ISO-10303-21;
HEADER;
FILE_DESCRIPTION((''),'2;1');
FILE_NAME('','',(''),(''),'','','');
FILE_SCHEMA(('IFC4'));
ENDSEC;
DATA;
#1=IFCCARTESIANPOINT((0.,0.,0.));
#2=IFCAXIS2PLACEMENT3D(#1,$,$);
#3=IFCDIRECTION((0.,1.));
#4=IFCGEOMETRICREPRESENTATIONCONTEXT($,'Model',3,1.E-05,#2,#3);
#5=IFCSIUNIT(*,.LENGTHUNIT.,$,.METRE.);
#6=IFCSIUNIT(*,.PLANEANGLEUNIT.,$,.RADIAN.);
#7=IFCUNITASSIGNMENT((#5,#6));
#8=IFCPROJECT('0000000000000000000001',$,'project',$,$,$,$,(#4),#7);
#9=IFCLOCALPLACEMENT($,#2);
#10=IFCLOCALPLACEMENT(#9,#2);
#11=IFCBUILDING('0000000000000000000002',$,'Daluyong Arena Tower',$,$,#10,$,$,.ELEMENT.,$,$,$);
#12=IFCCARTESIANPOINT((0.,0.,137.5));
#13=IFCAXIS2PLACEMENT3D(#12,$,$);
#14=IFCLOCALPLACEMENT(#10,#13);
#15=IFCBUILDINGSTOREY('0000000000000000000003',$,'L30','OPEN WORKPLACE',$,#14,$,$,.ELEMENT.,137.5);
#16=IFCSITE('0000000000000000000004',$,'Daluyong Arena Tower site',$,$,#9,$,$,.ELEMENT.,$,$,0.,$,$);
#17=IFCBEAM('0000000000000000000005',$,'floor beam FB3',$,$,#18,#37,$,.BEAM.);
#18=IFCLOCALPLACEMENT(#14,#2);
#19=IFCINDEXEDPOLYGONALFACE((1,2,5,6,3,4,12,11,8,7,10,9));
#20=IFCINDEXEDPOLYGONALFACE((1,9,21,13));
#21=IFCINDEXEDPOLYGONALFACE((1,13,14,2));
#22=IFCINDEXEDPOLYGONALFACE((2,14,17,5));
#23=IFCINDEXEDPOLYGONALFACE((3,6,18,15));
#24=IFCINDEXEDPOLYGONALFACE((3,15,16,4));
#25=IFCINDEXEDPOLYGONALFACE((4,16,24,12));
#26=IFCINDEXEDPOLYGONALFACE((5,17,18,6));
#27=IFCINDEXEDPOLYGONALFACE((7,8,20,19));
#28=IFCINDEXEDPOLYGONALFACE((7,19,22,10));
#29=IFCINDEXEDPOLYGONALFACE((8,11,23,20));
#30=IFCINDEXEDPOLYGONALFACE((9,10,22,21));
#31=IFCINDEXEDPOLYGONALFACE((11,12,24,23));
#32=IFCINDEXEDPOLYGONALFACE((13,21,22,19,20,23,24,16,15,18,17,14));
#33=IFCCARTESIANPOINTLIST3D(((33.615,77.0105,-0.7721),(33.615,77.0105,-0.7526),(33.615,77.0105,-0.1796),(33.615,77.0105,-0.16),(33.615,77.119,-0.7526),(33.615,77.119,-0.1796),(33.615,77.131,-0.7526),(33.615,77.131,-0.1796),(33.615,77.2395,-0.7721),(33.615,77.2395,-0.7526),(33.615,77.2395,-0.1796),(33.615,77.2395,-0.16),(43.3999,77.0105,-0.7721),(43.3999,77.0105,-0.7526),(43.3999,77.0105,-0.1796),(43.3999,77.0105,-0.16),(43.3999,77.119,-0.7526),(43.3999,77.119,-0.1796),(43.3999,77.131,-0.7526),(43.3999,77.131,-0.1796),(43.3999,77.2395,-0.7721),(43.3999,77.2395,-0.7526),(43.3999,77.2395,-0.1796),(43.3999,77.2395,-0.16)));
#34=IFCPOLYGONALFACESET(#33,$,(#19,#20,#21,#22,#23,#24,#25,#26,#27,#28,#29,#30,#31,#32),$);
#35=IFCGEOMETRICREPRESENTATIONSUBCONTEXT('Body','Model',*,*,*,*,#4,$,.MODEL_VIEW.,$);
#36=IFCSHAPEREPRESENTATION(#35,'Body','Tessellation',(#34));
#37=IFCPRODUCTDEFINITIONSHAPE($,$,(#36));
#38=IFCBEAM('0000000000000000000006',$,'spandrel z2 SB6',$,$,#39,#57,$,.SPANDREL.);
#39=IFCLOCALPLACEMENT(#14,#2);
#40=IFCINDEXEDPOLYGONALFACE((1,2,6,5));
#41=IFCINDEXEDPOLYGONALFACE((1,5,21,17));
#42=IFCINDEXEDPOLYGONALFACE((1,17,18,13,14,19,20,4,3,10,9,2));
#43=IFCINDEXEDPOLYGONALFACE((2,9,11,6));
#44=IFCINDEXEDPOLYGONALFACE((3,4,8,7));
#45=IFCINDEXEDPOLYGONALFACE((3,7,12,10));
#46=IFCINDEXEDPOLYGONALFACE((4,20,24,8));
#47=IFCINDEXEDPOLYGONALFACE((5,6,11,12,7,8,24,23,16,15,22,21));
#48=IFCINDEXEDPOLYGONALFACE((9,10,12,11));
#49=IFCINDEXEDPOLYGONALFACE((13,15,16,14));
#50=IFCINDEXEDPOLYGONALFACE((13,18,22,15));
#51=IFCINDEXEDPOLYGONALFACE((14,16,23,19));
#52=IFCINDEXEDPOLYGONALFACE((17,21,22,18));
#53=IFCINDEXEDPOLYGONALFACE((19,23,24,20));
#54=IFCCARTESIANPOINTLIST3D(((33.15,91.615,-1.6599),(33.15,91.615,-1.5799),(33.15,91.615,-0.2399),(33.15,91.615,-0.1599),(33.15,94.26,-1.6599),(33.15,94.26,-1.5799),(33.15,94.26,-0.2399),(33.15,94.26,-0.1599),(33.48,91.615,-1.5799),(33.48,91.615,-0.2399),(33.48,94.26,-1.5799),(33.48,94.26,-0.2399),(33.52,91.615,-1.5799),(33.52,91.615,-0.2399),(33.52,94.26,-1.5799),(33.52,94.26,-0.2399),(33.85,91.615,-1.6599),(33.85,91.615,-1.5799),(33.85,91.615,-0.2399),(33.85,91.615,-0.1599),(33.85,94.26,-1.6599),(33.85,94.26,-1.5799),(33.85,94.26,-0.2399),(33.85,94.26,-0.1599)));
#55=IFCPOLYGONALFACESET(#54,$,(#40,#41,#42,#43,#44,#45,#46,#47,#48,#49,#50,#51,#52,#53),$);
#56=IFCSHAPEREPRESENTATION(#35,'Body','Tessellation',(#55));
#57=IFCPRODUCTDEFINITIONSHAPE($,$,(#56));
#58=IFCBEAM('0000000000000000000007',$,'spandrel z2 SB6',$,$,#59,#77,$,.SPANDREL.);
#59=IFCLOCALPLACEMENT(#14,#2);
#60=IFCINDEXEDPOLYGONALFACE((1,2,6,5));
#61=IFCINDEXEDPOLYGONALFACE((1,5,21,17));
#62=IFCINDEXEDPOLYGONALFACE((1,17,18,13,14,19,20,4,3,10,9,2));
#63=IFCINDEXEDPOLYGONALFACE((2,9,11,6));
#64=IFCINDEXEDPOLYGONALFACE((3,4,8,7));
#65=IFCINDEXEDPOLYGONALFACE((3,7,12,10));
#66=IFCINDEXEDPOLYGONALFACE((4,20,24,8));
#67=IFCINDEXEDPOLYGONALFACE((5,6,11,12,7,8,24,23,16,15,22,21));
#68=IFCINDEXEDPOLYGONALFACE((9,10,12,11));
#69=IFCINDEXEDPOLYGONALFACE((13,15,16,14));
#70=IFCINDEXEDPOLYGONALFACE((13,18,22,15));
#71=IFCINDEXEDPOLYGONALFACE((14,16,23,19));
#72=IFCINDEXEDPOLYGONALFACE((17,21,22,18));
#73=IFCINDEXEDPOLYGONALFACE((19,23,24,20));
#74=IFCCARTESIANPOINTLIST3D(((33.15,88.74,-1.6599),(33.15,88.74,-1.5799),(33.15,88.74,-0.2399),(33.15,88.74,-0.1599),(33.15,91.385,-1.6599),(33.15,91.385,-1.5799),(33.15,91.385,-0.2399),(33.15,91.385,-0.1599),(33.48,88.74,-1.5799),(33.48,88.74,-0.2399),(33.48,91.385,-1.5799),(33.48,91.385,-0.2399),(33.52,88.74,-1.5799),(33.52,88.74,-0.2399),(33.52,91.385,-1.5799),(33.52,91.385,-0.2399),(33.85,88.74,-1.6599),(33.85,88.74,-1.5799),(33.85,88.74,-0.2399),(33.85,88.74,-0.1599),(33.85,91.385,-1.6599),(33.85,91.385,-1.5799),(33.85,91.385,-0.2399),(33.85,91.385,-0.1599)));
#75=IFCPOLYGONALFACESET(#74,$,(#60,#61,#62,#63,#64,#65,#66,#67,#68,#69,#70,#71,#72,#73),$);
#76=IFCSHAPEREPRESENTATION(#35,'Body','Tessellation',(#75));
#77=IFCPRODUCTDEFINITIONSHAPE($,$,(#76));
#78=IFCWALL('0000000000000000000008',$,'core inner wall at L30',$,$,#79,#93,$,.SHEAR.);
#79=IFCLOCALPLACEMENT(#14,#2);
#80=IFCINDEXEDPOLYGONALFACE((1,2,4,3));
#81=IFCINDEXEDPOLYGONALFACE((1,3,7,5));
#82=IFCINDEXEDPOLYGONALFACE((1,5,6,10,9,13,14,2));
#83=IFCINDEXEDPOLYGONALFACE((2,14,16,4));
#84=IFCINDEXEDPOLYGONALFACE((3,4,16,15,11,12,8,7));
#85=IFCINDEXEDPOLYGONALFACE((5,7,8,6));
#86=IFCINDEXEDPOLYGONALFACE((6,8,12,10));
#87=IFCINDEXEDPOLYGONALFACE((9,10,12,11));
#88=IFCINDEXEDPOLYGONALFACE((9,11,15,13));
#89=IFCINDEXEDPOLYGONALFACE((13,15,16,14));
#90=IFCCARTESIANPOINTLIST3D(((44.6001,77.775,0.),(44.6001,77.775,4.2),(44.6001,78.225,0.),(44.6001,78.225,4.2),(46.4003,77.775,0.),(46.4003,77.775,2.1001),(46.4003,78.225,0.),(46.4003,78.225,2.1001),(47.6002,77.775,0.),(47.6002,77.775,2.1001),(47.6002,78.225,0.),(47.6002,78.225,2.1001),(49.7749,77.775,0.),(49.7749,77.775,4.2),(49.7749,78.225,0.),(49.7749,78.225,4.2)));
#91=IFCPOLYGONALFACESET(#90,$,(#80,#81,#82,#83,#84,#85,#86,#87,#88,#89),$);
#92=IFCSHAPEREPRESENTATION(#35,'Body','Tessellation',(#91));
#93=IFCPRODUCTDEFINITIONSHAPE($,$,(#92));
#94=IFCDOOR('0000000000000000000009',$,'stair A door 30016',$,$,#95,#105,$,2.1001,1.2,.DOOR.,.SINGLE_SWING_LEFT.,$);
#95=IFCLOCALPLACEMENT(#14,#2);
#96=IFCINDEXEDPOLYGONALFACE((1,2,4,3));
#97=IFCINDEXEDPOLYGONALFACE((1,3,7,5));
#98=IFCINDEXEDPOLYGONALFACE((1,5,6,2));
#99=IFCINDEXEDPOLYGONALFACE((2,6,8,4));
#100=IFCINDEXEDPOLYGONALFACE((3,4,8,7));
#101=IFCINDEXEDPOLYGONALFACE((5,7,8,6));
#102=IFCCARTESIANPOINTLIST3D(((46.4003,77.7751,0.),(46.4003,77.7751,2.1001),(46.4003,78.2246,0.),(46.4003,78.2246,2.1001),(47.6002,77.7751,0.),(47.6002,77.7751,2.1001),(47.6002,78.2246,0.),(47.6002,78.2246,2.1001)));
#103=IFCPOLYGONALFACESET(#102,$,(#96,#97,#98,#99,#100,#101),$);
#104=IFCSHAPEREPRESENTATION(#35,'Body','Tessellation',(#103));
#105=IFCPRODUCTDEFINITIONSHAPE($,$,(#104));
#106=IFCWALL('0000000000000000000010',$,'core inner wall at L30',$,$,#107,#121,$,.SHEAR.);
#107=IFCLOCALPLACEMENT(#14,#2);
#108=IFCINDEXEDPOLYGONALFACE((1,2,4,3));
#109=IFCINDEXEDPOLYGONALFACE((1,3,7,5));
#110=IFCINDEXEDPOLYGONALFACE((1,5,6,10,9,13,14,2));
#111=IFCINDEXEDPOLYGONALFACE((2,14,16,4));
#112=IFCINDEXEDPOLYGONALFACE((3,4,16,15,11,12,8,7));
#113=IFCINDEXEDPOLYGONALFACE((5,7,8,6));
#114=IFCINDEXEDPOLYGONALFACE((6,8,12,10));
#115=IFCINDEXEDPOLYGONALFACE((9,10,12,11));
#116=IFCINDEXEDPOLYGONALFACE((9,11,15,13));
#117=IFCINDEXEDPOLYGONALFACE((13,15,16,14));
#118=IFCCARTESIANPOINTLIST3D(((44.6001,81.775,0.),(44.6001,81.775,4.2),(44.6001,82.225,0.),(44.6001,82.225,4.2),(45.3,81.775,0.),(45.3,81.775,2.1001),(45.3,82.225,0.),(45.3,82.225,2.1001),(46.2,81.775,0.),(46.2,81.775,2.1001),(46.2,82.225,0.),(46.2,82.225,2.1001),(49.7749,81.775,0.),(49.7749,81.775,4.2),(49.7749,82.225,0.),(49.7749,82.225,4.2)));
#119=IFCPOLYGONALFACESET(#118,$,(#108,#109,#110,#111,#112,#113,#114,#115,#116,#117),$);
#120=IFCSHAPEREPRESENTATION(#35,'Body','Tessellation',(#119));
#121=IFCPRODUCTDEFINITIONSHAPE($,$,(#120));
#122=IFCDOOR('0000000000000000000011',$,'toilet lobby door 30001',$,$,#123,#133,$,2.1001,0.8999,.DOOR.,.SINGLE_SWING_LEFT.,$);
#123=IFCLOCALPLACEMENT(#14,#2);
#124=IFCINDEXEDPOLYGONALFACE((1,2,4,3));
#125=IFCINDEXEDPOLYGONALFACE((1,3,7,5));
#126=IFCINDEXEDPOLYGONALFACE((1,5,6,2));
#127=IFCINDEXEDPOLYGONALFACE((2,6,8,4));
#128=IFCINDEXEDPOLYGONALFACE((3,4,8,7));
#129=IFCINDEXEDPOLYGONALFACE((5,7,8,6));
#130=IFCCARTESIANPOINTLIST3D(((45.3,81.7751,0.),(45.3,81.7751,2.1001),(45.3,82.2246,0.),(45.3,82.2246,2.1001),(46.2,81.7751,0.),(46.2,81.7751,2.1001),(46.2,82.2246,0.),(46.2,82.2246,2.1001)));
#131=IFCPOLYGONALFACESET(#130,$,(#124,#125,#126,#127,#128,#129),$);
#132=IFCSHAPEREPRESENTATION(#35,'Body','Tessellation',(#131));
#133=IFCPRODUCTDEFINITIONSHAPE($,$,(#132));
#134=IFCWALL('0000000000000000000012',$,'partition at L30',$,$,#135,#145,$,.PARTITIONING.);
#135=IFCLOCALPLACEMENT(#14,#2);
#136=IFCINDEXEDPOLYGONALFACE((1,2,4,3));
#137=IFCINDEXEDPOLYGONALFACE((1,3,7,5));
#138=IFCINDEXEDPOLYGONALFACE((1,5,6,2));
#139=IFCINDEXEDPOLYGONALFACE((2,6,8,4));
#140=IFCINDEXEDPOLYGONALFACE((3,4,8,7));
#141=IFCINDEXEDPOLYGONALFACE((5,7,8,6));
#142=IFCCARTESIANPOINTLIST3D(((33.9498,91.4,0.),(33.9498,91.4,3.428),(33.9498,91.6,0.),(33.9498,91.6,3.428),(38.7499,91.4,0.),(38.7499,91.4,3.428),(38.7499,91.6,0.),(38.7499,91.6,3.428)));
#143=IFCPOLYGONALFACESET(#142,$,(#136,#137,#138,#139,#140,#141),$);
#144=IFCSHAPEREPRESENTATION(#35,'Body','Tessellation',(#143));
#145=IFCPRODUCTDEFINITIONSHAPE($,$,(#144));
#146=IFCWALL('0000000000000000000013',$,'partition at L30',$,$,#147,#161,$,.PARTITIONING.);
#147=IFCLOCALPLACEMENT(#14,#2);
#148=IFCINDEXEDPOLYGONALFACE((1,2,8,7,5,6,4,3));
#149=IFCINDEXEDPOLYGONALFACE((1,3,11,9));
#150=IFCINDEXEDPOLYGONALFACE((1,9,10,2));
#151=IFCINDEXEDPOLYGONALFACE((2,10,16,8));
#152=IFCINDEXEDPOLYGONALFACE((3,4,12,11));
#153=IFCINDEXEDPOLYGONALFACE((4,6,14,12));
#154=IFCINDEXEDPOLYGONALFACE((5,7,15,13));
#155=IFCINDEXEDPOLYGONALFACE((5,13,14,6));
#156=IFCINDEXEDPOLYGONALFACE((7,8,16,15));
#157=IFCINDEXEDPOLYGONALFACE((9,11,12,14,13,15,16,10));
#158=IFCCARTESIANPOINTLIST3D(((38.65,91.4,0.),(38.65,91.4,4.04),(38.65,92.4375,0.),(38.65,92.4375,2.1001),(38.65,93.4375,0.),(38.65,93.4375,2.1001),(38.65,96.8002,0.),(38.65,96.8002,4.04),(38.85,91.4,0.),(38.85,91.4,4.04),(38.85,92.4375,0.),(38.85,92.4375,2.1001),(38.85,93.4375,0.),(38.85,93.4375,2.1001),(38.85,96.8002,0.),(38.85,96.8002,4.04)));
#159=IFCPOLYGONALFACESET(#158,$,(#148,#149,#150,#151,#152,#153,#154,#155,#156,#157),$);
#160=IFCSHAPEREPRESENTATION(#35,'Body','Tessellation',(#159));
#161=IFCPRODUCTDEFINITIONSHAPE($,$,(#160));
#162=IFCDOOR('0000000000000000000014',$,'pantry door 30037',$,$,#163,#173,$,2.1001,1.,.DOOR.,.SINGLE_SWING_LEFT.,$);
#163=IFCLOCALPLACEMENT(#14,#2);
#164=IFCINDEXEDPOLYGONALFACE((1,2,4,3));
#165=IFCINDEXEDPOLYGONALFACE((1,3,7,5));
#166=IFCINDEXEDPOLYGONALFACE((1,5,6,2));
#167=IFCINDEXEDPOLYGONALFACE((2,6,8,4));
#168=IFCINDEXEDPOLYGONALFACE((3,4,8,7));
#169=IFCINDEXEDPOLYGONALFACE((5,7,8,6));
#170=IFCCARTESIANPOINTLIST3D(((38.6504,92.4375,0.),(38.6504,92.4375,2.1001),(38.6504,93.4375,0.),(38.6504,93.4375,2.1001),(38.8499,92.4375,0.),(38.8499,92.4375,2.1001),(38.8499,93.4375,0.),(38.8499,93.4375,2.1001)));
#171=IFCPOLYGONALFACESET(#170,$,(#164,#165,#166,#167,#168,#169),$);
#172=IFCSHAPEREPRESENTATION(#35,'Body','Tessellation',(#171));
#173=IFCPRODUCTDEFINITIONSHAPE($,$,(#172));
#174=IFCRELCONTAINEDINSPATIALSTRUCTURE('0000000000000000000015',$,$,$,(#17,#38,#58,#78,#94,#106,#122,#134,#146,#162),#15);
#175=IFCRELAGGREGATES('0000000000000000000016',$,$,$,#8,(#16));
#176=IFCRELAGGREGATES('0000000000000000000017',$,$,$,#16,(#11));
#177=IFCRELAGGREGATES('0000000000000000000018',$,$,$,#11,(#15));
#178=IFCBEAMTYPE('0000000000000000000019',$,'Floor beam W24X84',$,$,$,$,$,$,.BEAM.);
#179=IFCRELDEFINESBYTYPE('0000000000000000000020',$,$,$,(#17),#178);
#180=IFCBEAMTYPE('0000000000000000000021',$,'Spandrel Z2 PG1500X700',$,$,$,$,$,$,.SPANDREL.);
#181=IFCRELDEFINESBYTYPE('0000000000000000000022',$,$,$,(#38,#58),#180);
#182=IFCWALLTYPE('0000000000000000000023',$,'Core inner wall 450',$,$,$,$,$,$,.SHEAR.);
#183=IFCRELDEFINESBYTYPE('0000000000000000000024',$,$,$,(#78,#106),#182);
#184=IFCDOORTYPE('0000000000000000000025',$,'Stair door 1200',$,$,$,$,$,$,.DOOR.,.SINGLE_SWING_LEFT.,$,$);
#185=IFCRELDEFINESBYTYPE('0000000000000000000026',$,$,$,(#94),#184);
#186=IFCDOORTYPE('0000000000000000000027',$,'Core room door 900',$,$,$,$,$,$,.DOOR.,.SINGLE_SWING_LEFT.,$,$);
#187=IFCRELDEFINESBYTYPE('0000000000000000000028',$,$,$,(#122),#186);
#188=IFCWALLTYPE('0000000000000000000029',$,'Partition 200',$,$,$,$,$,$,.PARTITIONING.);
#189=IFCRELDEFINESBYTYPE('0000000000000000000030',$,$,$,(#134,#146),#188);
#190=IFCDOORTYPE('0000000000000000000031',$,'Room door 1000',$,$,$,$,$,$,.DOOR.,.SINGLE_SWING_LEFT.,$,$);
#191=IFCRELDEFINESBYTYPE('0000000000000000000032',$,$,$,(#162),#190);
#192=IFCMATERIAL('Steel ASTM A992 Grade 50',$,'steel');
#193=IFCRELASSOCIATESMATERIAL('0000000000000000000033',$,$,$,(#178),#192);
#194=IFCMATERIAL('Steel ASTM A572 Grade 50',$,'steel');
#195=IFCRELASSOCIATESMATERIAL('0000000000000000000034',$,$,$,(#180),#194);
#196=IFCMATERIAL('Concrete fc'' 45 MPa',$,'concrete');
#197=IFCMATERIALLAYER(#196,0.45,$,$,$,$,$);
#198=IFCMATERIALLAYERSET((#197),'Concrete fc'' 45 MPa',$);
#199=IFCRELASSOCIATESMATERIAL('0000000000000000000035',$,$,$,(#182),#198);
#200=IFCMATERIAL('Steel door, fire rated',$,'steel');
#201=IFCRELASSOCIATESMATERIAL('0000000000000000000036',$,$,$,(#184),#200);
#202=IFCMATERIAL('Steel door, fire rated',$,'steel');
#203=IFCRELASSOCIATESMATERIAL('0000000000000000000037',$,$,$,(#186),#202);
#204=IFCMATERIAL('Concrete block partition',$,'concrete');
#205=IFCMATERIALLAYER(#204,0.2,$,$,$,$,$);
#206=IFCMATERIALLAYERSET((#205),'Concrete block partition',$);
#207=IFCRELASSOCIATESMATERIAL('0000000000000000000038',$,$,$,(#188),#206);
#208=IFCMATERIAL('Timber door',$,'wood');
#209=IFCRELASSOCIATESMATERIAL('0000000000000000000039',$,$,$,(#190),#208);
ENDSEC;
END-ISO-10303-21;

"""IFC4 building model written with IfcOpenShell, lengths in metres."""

from ifc_helpers import new_model, si_unit, direction, frame, frame_2d, origin, origin_2d, place, context, subcontext, project, spatial, rectangle, i_section, extrude, material, layer, layer_set, material_profile, profile_set, type_object, element, fill, save


model = new_model("IFC4")

# Units and contexts
model_context = context("Model", 3, precision=1e-05, world=origin(), true_north=direction((0.0, 1.0)))
body_context = subcontext(model_context, "Body", "Model", "MODEL_VIEW")
ifc_project = project(units=[si_unit("LENGTHUNIT", "METRE"), si_unit("PLANEANGLEUNIT", "RADIAN")], contexts=[model_context])

# Site, building, storey
site_placement = place(None, origin())
site = spatial("IfcSite", under=ifc_project, at=site_placement, Name="Daluyong Arena Tower site", CompositionType="ELEMENT", RefElevation=0.0)
building_placement = place(site_placement, origin())
building = spatial("IfcBuilding", under=site, at=building_placement, Name="Daluyong Arena Tower", CompositionType="ELEMENT")
storey_placement = place(building_placement, frame((0.0, 0.0, 137.5)))
storey = spatial("IfcBuildingStorey", under=building, at=storey_placement, Name="L30", Description="OPEN WORKPLACE", CompositionType="ELEMENT", Elevation=137.5)

# Beams
ifc_material_1 = material(Name="Steel ASTM A992 Grade 50", Category="steel")
ifc_material_profile_1 = material_profile(ifc_material_1, i_section(OverallWidth=0.229, OverallDepth=0.6121, WebThickness=0.012, FlangeThickness=0.0195, at=origin_2d()))
ifc_profile_set_1 = profile_set([ifc_material_profile_1], Name="Steel ASTM A992 Grade 50")
beam_type_1 = type_object("IfcBeamType", Name="Floor beam W24X84", PredefinedType="BEAM", material=ifc_profile_set_1)
for number, where, z_axis, x_axis, name in (
    (1, (33.615, 77.125, -0.4661), (1.0, 0.0, 0.0), (0.0, 1.0, 0.0), "floor beam FB3"),
):
    element("IfcBeam", number, at=place(storey_placement, frame(where, z_axis=z_axis, x_axis=x_axis)), inside=storey, type_object=beam_type_1, Name=name, PredefinedType="BEAM", context=body_context, shape_type="SweptSolid", body=[
        extrude(i_section(OverallWidth=0.229, OverallDepth=0.6121, WebThickness=0.012, FlangeThickness=0.0195, at=origin_2d()), origin(), (0.0, 0.0, 1.0), 9.7849),
    ])
ifc_material_2 = material(Name="Steel ASTM A572 Grade 50", Category="steel")
ifc_material_profile_2 = material_profile(ifc_material_2, i_section(OverallWidth=0.7, OverallDepth=1.5, WebThickness=0.04, FlangeThickness=0.08, at=origin_2d()))
ifc_profile_set_2 = profile_set([ifc_material_profile_2], Name="Steel ASTM A572 Grade 50")
beam_type_2 = type_object("IfcBeamType", Name="Spandrel Z2 PG1500X700", PredefinedType="SPANDREL", material=ifc_profile_set_2)
for number, where, z_axis, x_axis, name in (
    (2, (33.5, 94.26, -0.9099), (0.0, -1.0, 0.0), (1.0, 0.0, 0.0), "spandrel z2 SB6"),
    (3, (33.5, 91.385, -0.9099), (0.0, -1.0, 0.0), (1.0, 0.0, 0.0), "spandrel z2 SB6"),
):
    element("IfcBeam", number, at=place(storey_placement, frame(where, z_axis=z_axis, x_axis=x_axis)), inside=storey, type_object=beam_type_2, Name=name, PredefinedType="SPANDREL", context=body_context, shape_type="SweptSolid", body=[
        extrude(i_section(OverallWidth=0.7, OverallDepth=1.5, WebThickness=0.04, FlangeThickness=0.08, at=origin_2d()), origin(), (0.0, 0.0, 1.0), 2.645),
    ])

# Walls, openings, doors
ifc_material_3 = material(Name="Concrete fc' 45 MPa", Category="concrete")
ifc_layer_1 = layer(ifc_material_3, 0.45)
ifc_layer_set_1 = layer_set([ifc_layer_1], Name="Concrete fc' 45 MPa")
wall_type_1 = type_object("IfcWallType", Name="Core inner wall 450", PredefinedType="SHEAR", material=ifc_layer_set_1)
wall_1_placement = place(storey_placement, frame((44.6001, 78.0, 0.0), z_axis=(0.0, 0.0, 1.0), x_axis=(1.0, 0.0, 0.0)))
wall_1 = element("IfcWall", 4, at=wall_1_placement, inside=storey, type_object=wall_type_1, Name="core inner wall at L30", PredefinedType="SHEAR", context=body_context, shape_type="SweptSolid", body=[
    extrude(rectangle(XDim=5.1748, YDim=0.45, at=frame_2d((2.5874, 0.0))), origin(), (0.0, 0.0, 1.0), 4.2),
])
opening_1_placement = place(wall_1_placement, frame((1.8, 0.0, 0.0)))
opening_1 = element("IfcOpeningElement", 5, at=opening_1_placement, cuts=wall_1, PredefinedType="OPENING", context=body_context, shape_type="SweptSolid", body=[
    extrude(rectangle(XDim=1.2, YDim=2.1001, at=frame_2d((0.6001, 1.05))), frame((0.0, 0.2349, 0.0), z_axis=(0.0, -1.0, 0.0), x_axis=(1.0, 0.0, 0.0)), (0.0, 0.0, 1.0), 0.47),
])
ifc_material_4 = material(Name="Steel door, fire rated", Category="steel")
door_type_1 = type_object("IfcDoorType", Name="Stair door 1200", OperationType="SINGLE_SWING_LEFT", PredefinedType="DOOR", material=ifc_material_4)
door_1_placement = place(opening_1_placement, origin())
door_1 = element("IfcDoor", 6, at=door_1_placement, inside=storey, type_object=door_type_1, Name="stair A door 30016", OperationType="SINGLE_SWING_LEFT", OverallHeight=2.1001, OverallWidth=1.2, PredefinedType="DOOR", context=body_context, shape_type="SweptSolid", body=[
    extrude(rectangle(XDim=1.2, YDim=2.1001, at=frame_2d((0.6001, 1.05))), frame((0.0, 0.2246, 0.0), z_axis=(0.0, -1.0, 0.0), x_axis=(1.0, 0.0, 0.0)), (0.0, 0.0, 1.0), 0.4495),
])
fill(opening_1, door_1)
wall_2_placement = place(storey_placement, frame((44.6001, 82.0, 0.0), z_axis=(0.0, 0.0, 1.0), x_axis=(1.0, 0.0, 0.0)))
wall_2 = element("IfcWall", 7, at=wall_2_placement, inside=storey, type_object=wall_type_1, Name="core inner wall at L30", PredefinedType="SHEAR", context=body_context, shape_type="SweptSolid", body=[
    extrude(rectangle(XDim=5.1748, YDim=0.45, at=frame_2d((2.5874, 0.0))), origin(), (0.0, 0.0, 1.0), 4.2),
])
opening_2_placement = place(wall_2_placement, frame((0.7, 0.0, 0.0)))
opening_2 = element("IfcOpeningElement", 8, at=opening_2_placement, cuts=wall_2, PredefinedType="OPENING", context=body_context, shape_type="SweptSolid", body=[
    extrude(rectangle(XDim=0.8999, YDim=2.1001, at=frame_2d((0.45, 1.05))), frame((0.0, 0.2349, 0.0), z_axis=(0.0, -1.0, 0.0), x_axis=(1.0, 0.0, 0.0)), (0.0, 0.0, 1.0), 0.47),
])
ifc_material_5 = material(Name="Steel door, fire rated", Category="steel")
door_type_2 = type_object("IfcDoorType", Name="Core room door 900", OperationType="SINGLE_SWING_LEFT", PredefinedType="DOOR", material=ifc_material_5)
door_2_placement = place(opening_2_placement, origin())
door_2 = element("IfcDoor", 9, at=door_2_placement, inside=storey, type_object=door_type_2, Name="toilet lobby door 30001", OperationType="SINGLE_SWING_LEFT", OverallHeight=2.1001, OverallWidth=0.8999, PredefinedType="DOOR", context=body_context, shape_type="SweptSolid", body=[
    extrude(rectangle(XDim=0.8999, YDim=2.1001, at=frame_2d((0.45, 1.05))), frame((0.0, 0.2246, 0.0), z_axis=(0.0, -1.0, 0.0), x_axis=(1.0, 0.0, 0.0)), (0.0, 0.0, 1.0), 0.4495),
])
fill(opening_2, door_2)

# Wall
ifc_material_6 = material(Name="Concrete block partition", Category="concrete")
ifc_layer_2 = layer(ifc_material_6, 0.2)
ifc_layer_set_2 = layer_set([ifc_layer_2], Name="Concrete block partition")
wall_type_2 = type_object("IfcWallType", Name="Partition 200", PredefinedType="PARTITIONING", material=ifc_layer_set_2)
wall_3_placement = place(storey_placement, frame((33.95, 91.5, 0.0), z_axis=(0.0, 0.0, 1.0), x_axis=(1.0, 0.0, 0.0)))
element("IfcWall", 10, at=wall_3_placement, inside=storey, type_object=wall_type_2, Name="partition at L30", PredefinedType="PARTITIONING", context=body_context, shape_type="SweptSolid", body=[
    extrude(rectangle(XDim=4.8, YDim=0.2, at=frame_2d((2.3999, 0.0))), origin(), (0.0, 0.0, 1.0), 3.428),
])

# Wall, opening, door
wall_4_placement = place(storey_placement, frame((38.75, 91.3999, 0.0), z_axis=(0.0, 0.0, 1.0), x_axis=(0.0, 1.0, 0.0)))
wall_4 = element("IfcWall", 11, at=wall_4_placement, inside=storey, type_object=wall_type_2, Name="partition at L30", PredefinedType="PARTITIONING", context=body_context, shape_type="SweptSolid", body=[
    extrude(rectangle(XDim=5.4001, YDim=0.2, at=frame_2d((2.7002, 0.0))), origin(), (0.0, 0.0, 1.0), 4.04),
])
opening_3_placement = place(wall_4_placement, frame((1.0376, 0.0, 0.0)))
opening_3 = element("IfcOpeningElement", 12, at=opening_3_placement, cuts=wall_4, PredefinedType="OPENING", context=body_context, shape_type="SweptSolid", body=[
    extrude(rectangle(XDim=1.0, YDim=2.1001, at=frame_2d((0.5, 1.05))), frame((0.0, 0.1099, 0.0), z_axis=(0.0, -1.0, 0.0), x_axis=(1.0, 0.0, 0.0)), (0.0, 0.0, 1.0), 0.22),
])
ifc_material_7 = material(Name="Timber door", Category="wood")
door_type_3 = type_object("IfcDoorType", Name="Room door 1000", OperationType="SINGLE_SWING_LEFT", PredefinedType="DOOR", material=ifc_material_7)
door_3_placement = place(opening_3_placement, origin())
door_3 = element("IfcDoor", 13, at=door_3_placement, inside=storey, type_object=door_type_3, Name="pantry door 30037", OperationType="SINGLE_SWING_LEFT", OverallHeight=2.1001, OverallWidth=1.0, PredefinedType="DOOR", context=body_context, shape_type="SweptSolid", body=[
    extrude(rectangle(XDim=1.0, YDim=2.1001, at=frame_2d((0.5, 1.05))), frame((0.0, 0.0996, 0.0), z_axis=(0.0, -1.0, 0.0), x_axis=(1.0, 0.0, 0.0)), (0.0, 0.0, 1.0), 0.1995),
])
fill(opening_3, door_3)

save(model, "model.ifc")
